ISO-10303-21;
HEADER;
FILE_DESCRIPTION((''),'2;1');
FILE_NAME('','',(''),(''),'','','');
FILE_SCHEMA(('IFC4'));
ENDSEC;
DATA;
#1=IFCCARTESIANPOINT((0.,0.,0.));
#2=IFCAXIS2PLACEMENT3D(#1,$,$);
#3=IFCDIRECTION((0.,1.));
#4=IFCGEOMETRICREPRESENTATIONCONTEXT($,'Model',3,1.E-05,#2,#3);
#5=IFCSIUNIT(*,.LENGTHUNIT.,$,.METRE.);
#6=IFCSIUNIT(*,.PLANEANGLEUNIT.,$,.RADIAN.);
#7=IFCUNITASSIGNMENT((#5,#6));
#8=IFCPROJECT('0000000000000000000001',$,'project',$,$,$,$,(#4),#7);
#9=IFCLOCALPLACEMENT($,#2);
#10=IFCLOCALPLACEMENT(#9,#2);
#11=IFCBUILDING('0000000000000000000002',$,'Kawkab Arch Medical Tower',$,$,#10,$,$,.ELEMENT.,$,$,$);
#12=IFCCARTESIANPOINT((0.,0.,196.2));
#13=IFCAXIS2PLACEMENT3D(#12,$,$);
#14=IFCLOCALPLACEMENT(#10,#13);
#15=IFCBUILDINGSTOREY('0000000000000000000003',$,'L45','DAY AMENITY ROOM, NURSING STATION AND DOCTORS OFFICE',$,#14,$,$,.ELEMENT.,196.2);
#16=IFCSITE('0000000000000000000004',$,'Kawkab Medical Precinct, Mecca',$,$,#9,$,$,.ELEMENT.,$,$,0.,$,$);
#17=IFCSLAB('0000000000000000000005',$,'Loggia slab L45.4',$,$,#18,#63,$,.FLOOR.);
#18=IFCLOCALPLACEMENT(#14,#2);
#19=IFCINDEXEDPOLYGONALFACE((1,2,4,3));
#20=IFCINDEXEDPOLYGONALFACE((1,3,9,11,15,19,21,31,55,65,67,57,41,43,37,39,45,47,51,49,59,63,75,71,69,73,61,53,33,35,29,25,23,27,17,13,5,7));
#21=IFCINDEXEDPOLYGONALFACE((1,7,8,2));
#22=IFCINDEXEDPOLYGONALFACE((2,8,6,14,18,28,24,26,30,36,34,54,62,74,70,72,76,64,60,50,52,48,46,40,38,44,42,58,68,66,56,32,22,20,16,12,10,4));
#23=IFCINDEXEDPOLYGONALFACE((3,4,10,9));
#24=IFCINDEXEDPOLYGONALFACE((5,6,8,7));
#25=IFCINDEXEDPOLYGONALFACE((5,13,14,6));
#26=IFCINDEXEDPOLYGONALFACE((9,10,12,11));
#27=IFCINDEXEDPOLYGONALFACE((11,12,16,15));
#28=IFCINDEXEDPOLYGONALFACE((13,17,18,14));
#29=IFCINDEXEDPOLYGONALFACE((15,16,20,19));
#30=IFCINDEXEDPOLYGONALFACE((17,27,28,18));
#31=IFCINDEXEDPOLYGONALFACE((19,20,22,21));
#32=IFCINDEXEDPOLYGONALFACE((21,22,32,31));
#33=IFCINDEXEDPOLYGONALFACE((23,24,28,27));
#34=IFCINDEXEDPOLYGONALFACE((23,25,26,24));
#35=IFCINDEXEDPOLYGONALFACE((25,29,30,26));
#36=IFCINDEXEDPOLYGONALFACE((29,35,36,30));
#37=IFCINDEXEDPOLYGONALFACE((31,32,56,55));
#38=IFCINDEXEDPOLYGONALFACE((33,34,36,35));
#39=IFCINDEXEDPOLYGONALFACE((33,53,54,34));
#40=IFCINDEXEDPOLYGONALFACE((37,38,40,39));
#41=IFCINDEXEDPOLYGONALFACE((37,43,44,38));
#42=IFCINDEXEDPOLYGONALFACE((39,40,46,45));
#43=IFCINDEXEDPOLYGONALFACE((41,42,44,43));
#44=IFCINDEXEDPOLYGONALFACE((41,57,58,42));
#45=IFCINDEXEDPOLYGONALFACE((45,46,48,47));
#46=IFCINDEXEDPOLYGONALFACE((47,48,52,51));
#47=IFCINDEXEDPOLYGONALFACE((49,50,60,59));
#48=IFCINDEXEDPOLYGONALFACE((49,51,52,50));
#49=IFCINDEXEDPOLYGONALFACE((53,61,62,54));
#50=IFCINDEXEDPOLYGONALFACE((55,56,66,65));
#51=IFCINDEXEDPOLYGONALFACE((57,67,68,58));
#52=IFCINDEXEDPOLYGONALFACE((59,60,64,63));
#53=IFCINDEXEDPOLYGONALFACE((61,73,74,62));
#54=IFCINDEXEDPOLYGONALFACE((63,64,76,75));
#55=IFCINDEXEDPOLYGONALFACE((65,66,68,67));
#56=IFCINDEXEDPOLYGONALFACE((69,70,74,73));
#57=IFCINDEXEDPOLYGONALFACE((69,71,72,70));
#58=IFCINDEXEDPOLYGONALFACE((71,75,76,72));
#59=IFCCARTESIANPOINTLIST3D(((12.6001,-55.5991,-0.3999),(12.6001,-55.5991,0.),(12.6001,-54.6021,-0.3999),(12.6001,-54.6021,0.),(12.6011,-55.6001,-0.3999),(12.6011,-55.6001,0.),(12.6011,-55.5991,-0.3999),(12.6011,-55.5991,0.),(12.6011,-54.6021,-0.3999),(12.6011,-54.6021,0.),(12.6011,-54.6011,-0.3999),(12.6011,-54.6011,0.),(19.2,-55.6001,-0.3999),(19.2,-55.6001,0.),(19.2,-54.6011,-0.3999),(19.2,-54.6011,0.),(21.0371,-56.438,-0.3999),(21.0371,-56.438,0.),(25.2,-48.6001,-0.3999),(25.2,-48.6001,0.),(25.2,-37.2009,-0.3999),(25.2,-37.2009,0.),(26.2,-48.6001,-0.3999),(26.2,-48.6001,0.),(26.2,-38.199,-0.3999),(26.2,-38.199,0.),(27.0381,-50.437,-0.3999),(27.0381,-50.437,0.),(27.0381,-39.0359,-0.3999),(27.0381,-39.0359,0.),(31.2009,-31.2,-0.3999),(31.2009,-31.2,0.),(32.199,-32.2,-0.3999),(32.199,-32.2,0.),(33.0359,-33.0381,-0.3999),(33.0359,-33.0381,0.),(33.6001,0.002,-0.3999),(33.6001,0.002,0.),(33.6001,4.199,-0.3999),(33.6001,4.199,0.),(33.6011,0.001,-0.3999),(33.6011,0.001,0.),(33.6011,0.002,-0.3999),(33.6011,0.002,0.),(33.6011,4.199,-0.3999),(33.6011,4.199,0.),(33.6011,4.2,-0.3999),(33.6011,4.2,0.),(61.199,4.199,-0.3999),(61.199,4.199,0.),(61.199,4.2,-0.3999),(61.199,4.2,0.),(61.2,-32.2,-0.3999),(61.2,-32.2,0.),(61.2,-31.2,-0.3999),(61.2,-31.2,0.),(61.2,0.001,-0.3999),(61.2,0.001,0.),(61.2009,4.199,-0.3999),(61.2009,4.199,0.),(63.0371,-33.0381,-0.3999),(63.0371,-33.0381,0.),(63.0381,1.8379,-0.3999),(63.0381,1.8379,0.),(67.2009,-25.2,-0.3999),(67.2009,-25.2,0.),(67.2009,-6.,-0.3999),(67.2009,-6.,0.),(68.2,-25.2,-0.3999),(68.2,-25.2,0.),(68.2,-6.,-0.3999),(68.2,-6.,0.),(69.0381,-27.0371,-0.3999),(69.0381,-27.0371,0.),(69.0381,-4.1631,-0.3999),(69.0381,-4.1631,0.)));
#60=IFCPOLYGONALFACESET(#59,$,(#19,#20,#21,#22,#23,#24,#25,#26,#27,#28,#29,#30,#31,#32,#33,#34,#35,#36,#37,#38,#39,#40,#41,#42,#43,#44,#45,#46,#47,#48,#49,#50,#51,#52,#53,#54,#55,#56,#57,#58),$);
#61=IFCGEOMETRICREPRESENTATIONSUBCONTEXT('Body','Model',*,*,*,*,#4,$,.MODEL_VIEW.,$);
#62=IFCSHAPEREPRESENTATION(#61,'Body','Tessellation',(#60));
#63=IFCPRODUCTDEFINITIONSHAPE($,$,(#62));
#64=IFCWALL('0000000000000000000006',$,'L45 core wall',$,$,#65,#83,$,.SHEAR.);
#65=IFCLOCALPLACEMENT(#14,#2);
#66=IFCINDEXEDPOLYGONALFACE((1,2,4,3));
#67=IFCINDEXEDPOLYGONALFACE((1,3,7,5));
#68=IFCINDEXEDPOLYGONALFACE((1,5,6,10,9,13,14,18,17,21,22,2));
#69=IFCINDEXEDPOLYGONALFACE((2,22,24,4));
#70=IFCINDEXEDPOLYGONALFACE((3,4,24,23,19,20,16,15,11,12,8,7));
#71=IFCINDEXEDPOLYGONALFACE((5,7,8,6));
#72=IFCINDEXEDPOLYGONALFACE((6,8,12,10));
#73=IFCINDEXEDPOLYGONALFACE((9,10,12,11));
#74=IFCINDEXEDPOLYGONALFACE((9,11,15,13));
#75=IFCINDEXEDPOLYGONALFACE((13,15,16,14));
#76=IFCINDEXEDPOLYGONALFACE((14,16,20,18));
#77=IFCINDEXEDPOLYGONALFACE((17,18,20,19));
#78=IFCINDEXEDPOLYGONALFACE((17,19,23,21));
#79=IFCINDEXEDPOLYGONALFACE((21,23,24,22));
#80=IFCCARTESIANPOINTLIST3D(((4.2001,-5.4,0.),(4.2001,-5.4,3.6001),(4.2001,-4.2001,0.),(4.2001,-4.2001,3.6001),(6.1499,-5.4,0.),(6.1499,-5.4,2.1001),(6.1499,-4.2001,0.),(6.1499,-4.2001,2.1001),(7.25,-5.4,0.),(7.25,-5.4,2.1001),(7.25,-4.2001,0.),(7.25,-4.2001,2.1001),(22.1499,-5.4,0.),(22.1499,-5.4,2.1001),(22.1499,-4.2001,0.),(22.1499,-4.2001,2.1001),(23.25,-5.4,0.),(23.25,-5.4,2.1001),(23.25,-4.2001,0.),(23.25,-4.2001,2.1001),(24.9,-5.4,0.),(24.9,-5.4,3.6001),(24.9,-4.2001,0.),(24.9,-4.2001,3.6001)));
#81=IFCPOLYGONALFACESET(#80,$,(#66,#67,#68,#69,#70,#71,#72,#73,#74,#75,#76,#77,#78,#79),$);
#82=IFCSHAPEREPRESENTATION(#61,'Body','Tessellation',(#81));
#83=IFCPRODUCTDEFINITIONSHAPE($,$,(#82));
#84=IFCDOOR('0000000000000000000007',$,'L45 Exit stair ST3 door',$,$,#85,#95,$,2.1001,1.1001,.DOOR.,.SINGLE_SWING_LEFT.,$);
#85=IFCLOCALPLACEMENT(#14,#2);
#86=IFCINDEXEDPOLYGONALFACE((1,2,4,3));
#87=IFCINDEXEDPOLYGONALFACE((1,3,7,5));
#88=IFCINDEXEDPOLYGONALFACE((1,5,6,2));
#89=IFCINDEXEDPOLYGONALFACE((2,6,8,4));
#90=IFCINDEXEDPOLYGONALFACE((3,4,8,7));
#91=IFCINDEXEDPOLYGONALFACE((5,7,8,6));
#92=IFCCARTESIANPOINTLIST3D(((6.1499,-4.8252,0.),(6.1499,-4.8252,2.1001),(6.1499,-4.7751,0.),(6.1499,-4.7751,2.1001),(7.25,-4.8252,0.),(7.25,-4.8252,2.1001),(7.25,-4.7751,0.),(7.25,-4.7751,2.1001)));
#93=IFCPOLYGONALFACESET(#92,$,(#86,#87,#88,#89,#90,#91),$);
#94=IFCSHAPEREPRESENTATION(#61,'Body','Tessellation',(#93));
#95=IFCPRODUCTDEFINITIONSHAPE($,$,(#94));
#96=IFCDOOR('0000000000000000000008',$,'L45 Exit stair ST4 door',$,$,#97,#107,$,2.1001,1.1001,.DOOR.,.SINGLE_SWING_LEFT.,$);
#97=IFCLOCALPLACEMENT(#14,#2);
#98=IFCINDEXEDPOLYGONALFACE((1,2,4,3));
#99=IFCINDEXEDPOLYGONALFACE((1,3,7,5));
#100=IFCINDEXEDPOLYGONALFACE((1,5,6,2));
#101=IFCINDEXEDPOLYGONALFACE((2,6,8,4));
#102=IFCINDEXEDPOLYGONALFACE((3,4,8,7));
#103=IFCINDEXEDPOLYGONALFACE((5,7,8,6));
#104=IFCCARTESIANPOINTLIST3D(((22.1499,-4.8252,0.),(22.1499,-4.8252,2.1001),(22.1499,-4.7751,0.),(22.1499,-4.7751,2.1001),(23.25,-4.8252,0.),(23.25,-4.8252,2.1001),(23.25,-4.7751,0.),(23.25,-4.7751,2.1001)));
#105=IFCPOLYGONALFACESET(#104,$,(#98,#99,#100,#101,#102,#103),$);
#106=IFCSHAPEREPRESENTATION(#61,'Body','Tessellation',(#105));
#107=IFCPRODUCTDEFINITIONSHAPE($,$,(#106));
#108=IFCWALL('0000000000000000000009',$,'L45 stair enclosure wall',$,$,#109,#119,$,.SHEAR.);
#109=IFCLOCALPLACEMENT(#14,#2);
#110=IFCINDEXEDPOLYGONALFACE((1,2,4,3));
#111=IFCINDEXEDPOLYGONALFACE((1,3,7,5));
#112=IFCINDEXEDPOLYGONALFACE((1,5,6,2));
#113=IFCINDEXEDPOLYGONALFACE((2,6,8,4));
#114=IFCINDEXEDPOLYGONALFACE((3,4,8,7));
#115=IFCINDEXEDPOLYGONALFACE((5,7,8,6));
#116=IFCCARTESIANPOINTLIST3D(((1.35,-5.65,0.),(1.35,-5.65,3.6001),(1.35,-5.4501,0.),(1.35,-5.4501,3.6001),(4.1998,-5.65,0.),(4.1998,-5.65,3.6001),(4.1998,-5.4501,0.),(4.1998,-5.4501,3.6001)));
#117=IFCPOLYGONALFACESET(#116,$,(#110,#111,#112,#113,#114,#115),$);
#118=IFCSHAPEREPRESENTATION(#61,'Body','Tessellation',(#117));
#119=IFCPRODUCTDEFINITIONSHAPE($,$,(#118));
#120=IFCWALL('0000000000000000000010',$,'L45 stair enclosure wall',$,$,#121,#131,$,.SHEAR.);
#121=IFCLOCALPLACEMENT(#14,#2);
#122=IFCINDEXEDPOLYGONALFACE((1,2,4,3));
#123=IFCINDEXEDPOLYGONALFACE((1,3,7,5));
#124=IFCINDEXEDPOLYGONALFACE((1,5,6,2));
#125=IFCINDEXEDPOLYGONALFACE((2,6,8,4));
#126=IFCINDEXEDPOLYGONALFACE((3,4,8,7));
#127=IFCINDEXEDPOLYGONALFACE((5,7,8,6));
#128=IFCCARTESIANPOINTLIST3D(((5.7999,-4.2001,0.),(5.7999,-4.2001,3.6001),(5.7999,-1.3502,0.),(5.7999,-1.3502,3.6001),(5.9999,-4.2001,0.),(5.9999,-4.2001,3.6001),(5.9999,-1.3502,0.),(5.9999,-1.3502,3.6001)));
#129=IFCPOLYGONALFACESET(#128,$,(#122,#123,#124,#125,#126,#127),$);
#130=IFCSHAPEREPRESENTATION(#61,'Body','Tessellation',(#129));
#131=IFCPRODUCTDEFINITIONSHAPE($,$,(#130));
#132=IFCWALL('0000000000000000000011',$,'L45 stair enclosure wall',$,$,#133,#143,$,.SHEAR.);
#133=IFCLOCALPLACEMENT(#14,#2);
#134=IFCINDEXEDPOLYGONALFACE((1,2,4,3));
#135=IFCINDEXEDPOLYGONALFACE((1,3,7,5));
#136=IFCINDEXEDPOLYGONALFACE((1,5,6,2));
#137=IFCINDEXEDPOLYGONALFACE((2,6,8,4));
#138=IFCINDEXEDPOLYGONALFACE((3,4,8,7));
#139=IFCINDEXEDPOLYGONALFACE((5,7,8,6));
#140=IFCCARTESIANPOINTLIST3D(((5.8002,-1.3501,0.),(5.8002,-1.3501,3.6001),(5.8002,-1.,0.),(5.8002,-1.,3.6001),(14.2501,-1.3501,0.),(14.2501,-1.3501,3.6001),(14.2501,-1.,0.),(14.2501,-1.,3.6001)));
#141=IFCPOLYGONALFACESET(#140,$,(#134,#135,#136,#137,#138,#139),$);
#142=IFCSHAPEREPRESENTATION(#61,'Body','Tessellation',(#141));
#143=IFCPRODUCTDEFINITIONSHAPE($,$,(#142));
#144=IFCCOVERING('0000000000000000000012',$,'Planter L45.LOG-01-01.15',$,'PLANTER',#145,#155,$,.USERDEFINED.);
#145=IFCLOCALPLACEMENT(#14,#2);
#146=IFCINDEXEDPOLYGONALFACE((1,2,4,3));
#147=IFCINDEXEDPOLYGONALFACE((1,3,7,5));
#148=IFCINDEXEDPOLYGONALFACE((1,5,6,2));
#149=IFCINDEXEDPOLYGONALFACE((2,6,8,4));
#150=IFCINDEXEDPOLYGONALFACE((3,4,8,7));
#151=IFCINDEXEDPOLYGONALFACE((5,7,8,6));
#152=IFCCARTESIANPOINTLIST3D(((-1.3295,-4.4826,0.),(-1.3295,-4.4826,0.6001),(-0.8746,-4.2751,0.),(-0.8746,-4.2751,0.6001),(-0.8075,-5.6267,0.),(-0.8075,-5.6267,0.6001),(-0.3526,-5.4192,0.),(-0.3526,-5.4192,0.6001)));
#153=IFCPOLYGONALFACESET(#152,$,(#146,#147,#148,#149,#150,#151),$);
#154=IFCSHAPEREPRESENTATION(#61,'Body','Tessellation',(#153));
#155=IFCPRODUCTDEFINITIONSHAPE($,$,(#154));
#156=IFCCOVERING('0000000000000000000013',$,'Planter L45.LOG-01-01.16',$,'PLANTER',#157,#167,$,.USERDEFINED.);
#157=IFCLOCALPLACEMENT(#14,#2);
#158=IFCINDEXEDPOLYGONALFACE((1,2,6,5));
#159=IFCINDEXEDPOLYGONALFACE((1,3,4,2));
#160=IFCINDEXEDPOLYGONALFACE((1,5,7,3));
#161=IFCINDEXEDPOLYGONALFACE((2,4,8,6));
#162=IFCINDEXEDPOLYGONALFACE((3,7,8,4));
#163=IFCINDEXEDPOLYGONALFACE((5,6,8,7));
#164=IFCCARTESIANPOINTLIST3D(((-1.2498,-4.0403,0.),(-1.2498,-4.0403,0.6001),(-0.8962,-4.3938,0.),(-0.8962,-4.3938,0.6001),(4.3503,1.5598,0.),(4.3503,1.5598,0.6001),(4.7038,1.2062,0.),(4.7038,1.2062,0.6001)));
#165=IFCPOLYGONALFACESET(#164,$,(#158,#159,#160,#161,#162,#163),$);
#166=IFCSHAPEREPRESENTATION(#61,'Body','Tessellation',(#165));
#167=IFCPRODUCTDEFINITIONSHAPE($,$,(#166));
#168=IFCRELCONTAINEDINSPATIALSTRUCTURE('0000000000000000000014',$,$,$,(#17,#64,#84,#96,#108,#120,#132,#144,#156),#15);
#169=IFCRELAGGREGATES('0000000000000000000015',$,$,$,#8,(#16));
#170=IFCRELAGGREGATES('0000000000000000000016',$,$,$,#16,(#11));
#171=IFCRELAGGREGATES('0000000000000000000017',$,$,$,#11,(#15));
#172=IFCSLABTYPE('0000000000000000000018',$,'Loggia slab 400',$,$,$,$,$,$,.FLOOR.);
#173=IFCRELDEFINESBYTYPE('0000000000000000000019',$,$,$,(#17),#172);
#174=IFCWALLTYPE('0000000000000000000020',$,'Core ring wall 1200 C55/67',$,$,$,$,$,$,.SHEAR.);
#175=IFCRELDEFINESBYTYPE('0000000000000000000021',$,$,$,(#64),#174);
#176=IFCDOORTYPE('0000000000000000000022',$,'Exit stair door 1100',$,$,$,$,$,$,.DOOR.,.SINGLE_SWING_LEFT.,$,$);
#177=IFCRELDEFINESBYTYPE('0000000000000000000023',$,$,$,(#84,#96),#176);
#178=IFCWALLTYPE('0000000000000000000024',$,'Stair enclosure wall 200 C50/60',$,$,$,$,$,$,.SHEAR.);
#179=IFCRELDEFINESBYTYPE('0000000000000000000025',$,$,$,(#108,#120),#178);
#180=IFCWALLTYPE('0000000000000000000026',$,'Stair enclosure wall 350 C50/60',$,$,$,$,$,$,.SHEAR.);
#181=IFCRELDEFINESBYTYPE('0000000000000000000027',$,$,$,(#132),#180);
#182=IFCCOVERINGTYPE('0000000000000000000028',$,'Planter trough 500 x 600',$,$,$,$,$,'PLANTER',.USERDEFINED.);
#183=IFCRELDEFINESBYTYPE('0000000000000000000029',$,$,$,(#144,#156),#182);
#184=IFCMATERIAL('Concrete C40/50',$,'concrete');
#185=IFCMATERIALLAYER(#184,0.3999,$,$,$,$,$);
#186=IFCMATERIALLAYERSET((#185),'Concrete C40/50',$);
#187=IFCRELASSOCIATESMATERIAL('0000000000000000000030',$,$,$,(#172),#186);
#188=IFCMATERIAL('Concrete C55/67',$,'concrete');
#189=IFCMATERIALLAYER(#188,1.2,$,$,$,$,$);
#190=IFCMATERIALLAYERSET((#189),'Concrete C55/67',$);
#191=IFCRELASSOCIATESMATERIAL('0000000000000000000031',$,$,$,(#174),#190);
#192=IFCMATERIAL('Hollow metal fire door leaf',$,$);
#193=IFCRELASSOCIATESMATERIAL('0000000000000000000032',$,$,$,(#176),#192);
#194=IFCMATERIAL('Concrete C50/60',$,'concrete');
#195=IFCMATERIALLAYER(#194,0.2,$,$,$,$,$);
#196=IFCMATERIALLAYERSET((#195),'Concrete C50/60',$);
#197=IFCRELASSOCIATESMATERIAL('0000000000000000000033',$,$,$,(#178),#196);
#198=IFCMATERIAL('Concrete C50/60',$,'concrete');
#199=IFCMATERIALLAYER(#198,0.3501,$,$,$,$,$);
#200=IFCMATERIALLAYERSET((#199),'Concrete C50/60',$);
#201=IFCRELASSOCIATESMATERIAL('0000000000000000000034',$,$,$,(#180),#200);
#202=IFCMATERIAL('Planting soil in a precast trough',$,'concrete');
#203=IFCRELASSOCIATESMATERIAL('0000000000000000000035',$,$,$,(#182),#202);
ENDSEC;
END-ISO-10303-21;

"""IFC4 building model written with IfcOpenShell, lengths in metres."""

from ifc_helpers import new_model, si_unit, direction, frame, frame_2d, origin, origin_2d, place, context, subcontext, project, spatial, polyline, rectangle, outline, extrude, material, layer, layer_set, material_profile, profile_set, type_object, element, fill, save


model = new_model("IFC4")

# Units and contexts
model_context = context("Model", 3, precision=1e-05, world=origin(), true_north=direction((0.0, 1.0)))
body_context = subcontext(model_context, "Body", "Model", "MODEL_VIEW")
ifc_project = project(units=[si_unit("LENGTHUNIT", "METRE"), si_unit("PLANEANGLEUNIT", "RADIAN")], contexts=[model_context])

# Site, building, storey
site_placement = place(None, origin())
site = spatial("IfcSite", under=ifc_project, at=site_placement, Name="Kawkab Medical Precinct, Mecca", CompositionType="ELEMENT", RefElevation=0.0)
building_placement = place(site_placement, origin())
building = spatial("IfcBuilding", under=site, at=building_placement, Name="Kawkab Arch Medical Tower", CompositionType="ELEMENT")
storey_placement = place(building_placement, frame((0.0, 0.0, 196.2)))
storey = spatial("IfcBuildingStorey", under=building, at=storey_placement, Name="L45", Description="DAY AMENITY ROOM, NURSING STATION AND DOCTORS OFFICE", CompositionType="ELEMENT", Elevation=196.2)

# Slab
ifc_material_1 = material(Name="Concrete C40/50", Category="concrete")
ifc_layer_1 = layer(ifc_material_1, 0.3999)
ifc_layer_set_1 = layer_set([ifc_layer_1], Name="Concrete C40/50")
slab_type_1 = type_object("IfcSlabType", Name="Loggia slab 400", PredefinedType="FLOOR", material=ifc_layer_set_1)
placement_1 = place(storey_placement, frame((0.0, 0.0, -0.3999)))
element("IfcSlab", 1, at=placement_1, inside=storey, type_object=slab_type_1, Name="Loggia slab L45.4", PredefinedType="FLOOR", context=body_context, shape_type="SweptSolid", body=[
    extrude(outline(polyline([(12.6011, -55.6001), (12.6011, -55.5991), (12.6001, -55.5991), (12.6001, -54.6021), (12.6011, -54.6021), (12.6011, -54.6011), (19.2, -54.6011), (25.2, -48.6001), (25.2, -37.2009), (31.2009, -31.2), (61.2, -31.2), (67.2009, -25.2), (67.2009, -6.0), (61.2, 0.001), (33.6011, 0.001), (33.6011, 0.002), (33.6001, 0.002), (33.6001, 4.199), (33.6011, 4.199), (33.6011, 4.2), (61.199, 4.2), (61.199, 4.199), (61.2009, 4.199), (63.0381, 1.8379), (69.0381, -4.1631), (68.2, -6.0), (68.2, -25.2), (69.0381, -27.0371), (63.0371, -33.0381), (61.2, -32.2), (32.199, -32.2), (33.0359, -33.0381), (27.0381, -39.0359), (26.2, -38.199), (26.2, -48.6001), (27.0381, -50.437), (21.0371, -56.438), (19.2, -55.6001), (12.6011, -55.6001)])), origin(), (0.0, 0.0, 1.0), 0.3999),
])

# Wall, openings, doors
ifc_material_2 = material(Name="Concrete C55/67", Category="concrete")
ifc_layer_2 = layer(ifc_material_2, 1.2)
ifc_layer_set_2 = layer_set([ifc_layer_2], Name="Concrete C55/67")
wall_type_1 = type_object("IfcWallType", Name="Core ring wall 1200 C55/67", PredefinedType="SHEAR", material=ifc_layer_set_2)
wall_1_placement = place(storey_placement, frame((4.2, -4.8, 0.0), z_axis=(0.0, 0.0, 1.0), x_axis=(1.0, 0.0, 0.0)))
wall_1 = element("IfcWall", 2, at=wall_1_placement, inside=storey, type_object=wall_type_1, Name="L45 core wall", PredefinedType="SHEAR", context=body_context, shape_type="SweptSolid", body=[
    extrude(rectangle(XDim=20.7, YDim=1.2, at=frame_2d((10.3501, 0.0))), origin(), (0.0, 0.0, 1.0), 3.6001),
])
opening_1_placement = place(wall_1_placement, frame((1.95, 0.0, 0.0)))
opening_1 = element("IfcOpeningElement", 3, at=opening_1_placement, cuts=wall_1, PredefinedType="OPENING", context=body_context, shape_type="SweptSolid", body=[
    extrude(rectangle(XDim=1.1001, YDim=2.1001, at=frame_2d((0.55, 1.05))), frame((0.0, 0.6099, 0.0), z_axis=(0.0, -1.0, 0.0), x_axis=(1.0, 0.0, 0.0)), (0.0, 0.0, 1.0), 1.22),
])
opening_2_placement = place(wall_1_placement, frame((17.95, 0.0, 0.0)))
opening_2 = element("IfcOpeningElement", 4, at=opening_2_placement, cuts=wall_1, PredefinedType="OPENING", context=body_context, shape_type="SweptSolid", body=[
    extrude(rectangle(XDim=1.1001, YDim=2.1001, at=frame_2d((0.55, 1.05))), frame((0.0, 0.6099, 0.0), z_axis=(0.0, -1.0, 0.0), x_axis=(1.0, 0.0, 0.0)), (0.0, 0.0, 1.0), 1.22),
])
ifc_material_3 = material(Name="Hollow metal fire door leaf")
door_type = type_object("IfcDoorType", Name="Exit stair door 1100", OperationType="SINGLE_SWING_LEFT", PredefinedType="DOOR", material=ifc_material_3)
door_1_placement = place(opening_1_placement, origin())
door_1 = element("IfcDoor", 5, at=door_1_placement, inside=storey, type_object=door_type, Name="L45 Exit stair ST3 door", OperationType="SINGLE_SWING_LEFT", OverallHeight=2.1001, OverallWidth=1.1001, PredefinedType="DOOR", context=body_context, shape_type="SweptSolid", body=[
    extrude(rectangle(XDim=1.1001, YDim=2.1001, at=frame_2d((0.55, 1.05))), frame((0.0, 0.0249, 0.0), z_axis=(0.0, -1.0, 0.0), x_axis=(1.0, 0.0, 0.0)), (0.0, 0.0, 1.0), 0.05),
])
fill(opening_1, door_1)
door_2_placement = place(opening_2_placement, origin())
door_2 = element("IfcDoor", 6, at=door_2_placement, inside=storey, type_object=door_type, Name="L45 Exit stair ST4 door", OperationType="SINGLE_SWING_LEFT", OverallHeight=2.1001, OverallWidth=1.1001, PredefinedType="DOOR", context=body_context, shape_type="SweptSolid", body=[
    extrude(rectangle(XDim=1.1001, YDim=2.1001, at=frame_2d((0.55, 1.05))), frame((0.0, 0.0249, 0.0), z_axis=(0.0, -1.0, 0.0), x_axis=(1.0, 0.0, 0.0)), (0.0, 0.0, 1.0), 0.05),
])
fill(opening_2, door_2)

# Walls
ifc_material_4 = material(Name="Concrete C50/60", Category="concrete")
ifc_layer_3 = layer(ifc_material_4, 0.2)
ifc_layer_set_3 = layer_set([ifc_layer_3], Name="Concrete C50/60")
wall_type_2 = type_object("IfcWallType", Name="Stair enclosure wall 200 C50/60", PredefinedType="SHEAR", material=ifc_layer_set_3)
for number, where, z_axis, x_axis, name in (
    (7, (1.3501, -5.55, 0.0), (0.0, 0.0, 1.0), (1.0, 0.0, 0.0), "L45 stair enclosure wall"),
    (8, (5.8999, -4.2, 0.0), (0.0, 0.0, 1.0), (0.0, 1.0, 0.0), "L45 stair enclosure wall"),
):
    element("IfcWall", number, at=place(storey_placement, frame(where, z_axis=z_axis, x_axis=x_axis)), inside=storey, type_object=wall_type_2, Name=name, PredefinedType="SHEAR", context=body_context, shape_type="SweptSolid", body=[
        extrude(rectangle(XDim=2.8499, YDim=0.2, at=frame_2d((1.4248, 0.0))), origin(), (0.0, 0.0, 1.0), 3.6001),
    ])
ifc_material_5 = material(Name="Concrete C50/60", Category="concrete")
ifc_layer_4 = layer(ifc_material_5, 0.3501)
ifc_layer_set_4 = layer_set([ifc_layer_4], Name="Concrete C50/60")
wall_type_3 = type_object("IfcWallType", Name="Stair enclosure wall 350 C50/60", PredefinedType="SHEAR", material=ifc_layer_set_4)
wall_2_placement = place(storey_placement, frame((5.8, -1.175, 0.0), z_axis=(0.0, 0.0, 1.0), x_axis=(1.0, 0.0, 0.0)))
element("IfcWall", 9, at=wall_2_placement, inside=storey, type_object=wall_type_3, Name="L45 stair enclosure wall", PredefinedType="SHEAR", context=body_context, shape_type="SweptSolid", body=[
    extrude(rectangle(XDim=8.45, YDim=0.3501, at=frame_2d((4.2251, 0.0))), origin(), (0.0, 0.0, 1.0), 3.6001),
])

# Coverings
ifc_material_6 = material(Name="Planting soil in a precast trough", Category="concrete")
ifc_material_profile_1 = material_profile(ifc_material_6, rectangle(XDim=0.5, YDim=0.6001, at=origin_2d()), Name="Trough 500x600")
ifc_profile_set_1 = profile_set([ifc_material_profile_1], Name="Planting soil in a precast trough")
covering_type = type_object("IfcCoveringType", Name="Planter trough 500 x 600", ElementType="PLANTER", PredefinedType="USERDEFINED", material=ifc_profile_set_1)
covering_1_placement = place(storey_placement, frame((-0.5801, -5.5229, 0.3), z_axis=(-0.41509, 0.90978, 0.0), x_axis=(-0.90978, -0.41509, 0.0)))
element("IfcCovering", 10, at=covering_1_placement, inside=storey, type_object=covering_type, Name="Planter L45.LOG-01-01.15", ObjectType="PLANTER", PredefinedType="USERDEFINED", context=body_context, shape_type="SweptSolid", body=[
    extrude(rectangle(XDim=0.5, YDim=0.6001, at=origin_2d()), origin(), (0.0, 0.0, 1.0), 1.2576),
])
covering_2_placement = place(storey_placement, frame((-1.073, -4.217, 0.3), z_axis=(0.707107, 0.707107, 0.0), x_axis=(-0.707107, 0.707107, 0.0)))
element("IfcCovering", 11, at=covering_2_placement, inside=storey, type_object=covering_type, Name="Planter L45.LOG-01-01.16", ObjectType="PLANTER", PredefinedType="USERDEFINED", context=body_context, shape_type="SweptSolid", body=[
    extrude(rectangle(XDim=0.5, YDim=0.6001, at=origin_2d()), origin(), (0.0, 0.0, 1.0), 7.9197),
])

save(model, "model.ifc")
